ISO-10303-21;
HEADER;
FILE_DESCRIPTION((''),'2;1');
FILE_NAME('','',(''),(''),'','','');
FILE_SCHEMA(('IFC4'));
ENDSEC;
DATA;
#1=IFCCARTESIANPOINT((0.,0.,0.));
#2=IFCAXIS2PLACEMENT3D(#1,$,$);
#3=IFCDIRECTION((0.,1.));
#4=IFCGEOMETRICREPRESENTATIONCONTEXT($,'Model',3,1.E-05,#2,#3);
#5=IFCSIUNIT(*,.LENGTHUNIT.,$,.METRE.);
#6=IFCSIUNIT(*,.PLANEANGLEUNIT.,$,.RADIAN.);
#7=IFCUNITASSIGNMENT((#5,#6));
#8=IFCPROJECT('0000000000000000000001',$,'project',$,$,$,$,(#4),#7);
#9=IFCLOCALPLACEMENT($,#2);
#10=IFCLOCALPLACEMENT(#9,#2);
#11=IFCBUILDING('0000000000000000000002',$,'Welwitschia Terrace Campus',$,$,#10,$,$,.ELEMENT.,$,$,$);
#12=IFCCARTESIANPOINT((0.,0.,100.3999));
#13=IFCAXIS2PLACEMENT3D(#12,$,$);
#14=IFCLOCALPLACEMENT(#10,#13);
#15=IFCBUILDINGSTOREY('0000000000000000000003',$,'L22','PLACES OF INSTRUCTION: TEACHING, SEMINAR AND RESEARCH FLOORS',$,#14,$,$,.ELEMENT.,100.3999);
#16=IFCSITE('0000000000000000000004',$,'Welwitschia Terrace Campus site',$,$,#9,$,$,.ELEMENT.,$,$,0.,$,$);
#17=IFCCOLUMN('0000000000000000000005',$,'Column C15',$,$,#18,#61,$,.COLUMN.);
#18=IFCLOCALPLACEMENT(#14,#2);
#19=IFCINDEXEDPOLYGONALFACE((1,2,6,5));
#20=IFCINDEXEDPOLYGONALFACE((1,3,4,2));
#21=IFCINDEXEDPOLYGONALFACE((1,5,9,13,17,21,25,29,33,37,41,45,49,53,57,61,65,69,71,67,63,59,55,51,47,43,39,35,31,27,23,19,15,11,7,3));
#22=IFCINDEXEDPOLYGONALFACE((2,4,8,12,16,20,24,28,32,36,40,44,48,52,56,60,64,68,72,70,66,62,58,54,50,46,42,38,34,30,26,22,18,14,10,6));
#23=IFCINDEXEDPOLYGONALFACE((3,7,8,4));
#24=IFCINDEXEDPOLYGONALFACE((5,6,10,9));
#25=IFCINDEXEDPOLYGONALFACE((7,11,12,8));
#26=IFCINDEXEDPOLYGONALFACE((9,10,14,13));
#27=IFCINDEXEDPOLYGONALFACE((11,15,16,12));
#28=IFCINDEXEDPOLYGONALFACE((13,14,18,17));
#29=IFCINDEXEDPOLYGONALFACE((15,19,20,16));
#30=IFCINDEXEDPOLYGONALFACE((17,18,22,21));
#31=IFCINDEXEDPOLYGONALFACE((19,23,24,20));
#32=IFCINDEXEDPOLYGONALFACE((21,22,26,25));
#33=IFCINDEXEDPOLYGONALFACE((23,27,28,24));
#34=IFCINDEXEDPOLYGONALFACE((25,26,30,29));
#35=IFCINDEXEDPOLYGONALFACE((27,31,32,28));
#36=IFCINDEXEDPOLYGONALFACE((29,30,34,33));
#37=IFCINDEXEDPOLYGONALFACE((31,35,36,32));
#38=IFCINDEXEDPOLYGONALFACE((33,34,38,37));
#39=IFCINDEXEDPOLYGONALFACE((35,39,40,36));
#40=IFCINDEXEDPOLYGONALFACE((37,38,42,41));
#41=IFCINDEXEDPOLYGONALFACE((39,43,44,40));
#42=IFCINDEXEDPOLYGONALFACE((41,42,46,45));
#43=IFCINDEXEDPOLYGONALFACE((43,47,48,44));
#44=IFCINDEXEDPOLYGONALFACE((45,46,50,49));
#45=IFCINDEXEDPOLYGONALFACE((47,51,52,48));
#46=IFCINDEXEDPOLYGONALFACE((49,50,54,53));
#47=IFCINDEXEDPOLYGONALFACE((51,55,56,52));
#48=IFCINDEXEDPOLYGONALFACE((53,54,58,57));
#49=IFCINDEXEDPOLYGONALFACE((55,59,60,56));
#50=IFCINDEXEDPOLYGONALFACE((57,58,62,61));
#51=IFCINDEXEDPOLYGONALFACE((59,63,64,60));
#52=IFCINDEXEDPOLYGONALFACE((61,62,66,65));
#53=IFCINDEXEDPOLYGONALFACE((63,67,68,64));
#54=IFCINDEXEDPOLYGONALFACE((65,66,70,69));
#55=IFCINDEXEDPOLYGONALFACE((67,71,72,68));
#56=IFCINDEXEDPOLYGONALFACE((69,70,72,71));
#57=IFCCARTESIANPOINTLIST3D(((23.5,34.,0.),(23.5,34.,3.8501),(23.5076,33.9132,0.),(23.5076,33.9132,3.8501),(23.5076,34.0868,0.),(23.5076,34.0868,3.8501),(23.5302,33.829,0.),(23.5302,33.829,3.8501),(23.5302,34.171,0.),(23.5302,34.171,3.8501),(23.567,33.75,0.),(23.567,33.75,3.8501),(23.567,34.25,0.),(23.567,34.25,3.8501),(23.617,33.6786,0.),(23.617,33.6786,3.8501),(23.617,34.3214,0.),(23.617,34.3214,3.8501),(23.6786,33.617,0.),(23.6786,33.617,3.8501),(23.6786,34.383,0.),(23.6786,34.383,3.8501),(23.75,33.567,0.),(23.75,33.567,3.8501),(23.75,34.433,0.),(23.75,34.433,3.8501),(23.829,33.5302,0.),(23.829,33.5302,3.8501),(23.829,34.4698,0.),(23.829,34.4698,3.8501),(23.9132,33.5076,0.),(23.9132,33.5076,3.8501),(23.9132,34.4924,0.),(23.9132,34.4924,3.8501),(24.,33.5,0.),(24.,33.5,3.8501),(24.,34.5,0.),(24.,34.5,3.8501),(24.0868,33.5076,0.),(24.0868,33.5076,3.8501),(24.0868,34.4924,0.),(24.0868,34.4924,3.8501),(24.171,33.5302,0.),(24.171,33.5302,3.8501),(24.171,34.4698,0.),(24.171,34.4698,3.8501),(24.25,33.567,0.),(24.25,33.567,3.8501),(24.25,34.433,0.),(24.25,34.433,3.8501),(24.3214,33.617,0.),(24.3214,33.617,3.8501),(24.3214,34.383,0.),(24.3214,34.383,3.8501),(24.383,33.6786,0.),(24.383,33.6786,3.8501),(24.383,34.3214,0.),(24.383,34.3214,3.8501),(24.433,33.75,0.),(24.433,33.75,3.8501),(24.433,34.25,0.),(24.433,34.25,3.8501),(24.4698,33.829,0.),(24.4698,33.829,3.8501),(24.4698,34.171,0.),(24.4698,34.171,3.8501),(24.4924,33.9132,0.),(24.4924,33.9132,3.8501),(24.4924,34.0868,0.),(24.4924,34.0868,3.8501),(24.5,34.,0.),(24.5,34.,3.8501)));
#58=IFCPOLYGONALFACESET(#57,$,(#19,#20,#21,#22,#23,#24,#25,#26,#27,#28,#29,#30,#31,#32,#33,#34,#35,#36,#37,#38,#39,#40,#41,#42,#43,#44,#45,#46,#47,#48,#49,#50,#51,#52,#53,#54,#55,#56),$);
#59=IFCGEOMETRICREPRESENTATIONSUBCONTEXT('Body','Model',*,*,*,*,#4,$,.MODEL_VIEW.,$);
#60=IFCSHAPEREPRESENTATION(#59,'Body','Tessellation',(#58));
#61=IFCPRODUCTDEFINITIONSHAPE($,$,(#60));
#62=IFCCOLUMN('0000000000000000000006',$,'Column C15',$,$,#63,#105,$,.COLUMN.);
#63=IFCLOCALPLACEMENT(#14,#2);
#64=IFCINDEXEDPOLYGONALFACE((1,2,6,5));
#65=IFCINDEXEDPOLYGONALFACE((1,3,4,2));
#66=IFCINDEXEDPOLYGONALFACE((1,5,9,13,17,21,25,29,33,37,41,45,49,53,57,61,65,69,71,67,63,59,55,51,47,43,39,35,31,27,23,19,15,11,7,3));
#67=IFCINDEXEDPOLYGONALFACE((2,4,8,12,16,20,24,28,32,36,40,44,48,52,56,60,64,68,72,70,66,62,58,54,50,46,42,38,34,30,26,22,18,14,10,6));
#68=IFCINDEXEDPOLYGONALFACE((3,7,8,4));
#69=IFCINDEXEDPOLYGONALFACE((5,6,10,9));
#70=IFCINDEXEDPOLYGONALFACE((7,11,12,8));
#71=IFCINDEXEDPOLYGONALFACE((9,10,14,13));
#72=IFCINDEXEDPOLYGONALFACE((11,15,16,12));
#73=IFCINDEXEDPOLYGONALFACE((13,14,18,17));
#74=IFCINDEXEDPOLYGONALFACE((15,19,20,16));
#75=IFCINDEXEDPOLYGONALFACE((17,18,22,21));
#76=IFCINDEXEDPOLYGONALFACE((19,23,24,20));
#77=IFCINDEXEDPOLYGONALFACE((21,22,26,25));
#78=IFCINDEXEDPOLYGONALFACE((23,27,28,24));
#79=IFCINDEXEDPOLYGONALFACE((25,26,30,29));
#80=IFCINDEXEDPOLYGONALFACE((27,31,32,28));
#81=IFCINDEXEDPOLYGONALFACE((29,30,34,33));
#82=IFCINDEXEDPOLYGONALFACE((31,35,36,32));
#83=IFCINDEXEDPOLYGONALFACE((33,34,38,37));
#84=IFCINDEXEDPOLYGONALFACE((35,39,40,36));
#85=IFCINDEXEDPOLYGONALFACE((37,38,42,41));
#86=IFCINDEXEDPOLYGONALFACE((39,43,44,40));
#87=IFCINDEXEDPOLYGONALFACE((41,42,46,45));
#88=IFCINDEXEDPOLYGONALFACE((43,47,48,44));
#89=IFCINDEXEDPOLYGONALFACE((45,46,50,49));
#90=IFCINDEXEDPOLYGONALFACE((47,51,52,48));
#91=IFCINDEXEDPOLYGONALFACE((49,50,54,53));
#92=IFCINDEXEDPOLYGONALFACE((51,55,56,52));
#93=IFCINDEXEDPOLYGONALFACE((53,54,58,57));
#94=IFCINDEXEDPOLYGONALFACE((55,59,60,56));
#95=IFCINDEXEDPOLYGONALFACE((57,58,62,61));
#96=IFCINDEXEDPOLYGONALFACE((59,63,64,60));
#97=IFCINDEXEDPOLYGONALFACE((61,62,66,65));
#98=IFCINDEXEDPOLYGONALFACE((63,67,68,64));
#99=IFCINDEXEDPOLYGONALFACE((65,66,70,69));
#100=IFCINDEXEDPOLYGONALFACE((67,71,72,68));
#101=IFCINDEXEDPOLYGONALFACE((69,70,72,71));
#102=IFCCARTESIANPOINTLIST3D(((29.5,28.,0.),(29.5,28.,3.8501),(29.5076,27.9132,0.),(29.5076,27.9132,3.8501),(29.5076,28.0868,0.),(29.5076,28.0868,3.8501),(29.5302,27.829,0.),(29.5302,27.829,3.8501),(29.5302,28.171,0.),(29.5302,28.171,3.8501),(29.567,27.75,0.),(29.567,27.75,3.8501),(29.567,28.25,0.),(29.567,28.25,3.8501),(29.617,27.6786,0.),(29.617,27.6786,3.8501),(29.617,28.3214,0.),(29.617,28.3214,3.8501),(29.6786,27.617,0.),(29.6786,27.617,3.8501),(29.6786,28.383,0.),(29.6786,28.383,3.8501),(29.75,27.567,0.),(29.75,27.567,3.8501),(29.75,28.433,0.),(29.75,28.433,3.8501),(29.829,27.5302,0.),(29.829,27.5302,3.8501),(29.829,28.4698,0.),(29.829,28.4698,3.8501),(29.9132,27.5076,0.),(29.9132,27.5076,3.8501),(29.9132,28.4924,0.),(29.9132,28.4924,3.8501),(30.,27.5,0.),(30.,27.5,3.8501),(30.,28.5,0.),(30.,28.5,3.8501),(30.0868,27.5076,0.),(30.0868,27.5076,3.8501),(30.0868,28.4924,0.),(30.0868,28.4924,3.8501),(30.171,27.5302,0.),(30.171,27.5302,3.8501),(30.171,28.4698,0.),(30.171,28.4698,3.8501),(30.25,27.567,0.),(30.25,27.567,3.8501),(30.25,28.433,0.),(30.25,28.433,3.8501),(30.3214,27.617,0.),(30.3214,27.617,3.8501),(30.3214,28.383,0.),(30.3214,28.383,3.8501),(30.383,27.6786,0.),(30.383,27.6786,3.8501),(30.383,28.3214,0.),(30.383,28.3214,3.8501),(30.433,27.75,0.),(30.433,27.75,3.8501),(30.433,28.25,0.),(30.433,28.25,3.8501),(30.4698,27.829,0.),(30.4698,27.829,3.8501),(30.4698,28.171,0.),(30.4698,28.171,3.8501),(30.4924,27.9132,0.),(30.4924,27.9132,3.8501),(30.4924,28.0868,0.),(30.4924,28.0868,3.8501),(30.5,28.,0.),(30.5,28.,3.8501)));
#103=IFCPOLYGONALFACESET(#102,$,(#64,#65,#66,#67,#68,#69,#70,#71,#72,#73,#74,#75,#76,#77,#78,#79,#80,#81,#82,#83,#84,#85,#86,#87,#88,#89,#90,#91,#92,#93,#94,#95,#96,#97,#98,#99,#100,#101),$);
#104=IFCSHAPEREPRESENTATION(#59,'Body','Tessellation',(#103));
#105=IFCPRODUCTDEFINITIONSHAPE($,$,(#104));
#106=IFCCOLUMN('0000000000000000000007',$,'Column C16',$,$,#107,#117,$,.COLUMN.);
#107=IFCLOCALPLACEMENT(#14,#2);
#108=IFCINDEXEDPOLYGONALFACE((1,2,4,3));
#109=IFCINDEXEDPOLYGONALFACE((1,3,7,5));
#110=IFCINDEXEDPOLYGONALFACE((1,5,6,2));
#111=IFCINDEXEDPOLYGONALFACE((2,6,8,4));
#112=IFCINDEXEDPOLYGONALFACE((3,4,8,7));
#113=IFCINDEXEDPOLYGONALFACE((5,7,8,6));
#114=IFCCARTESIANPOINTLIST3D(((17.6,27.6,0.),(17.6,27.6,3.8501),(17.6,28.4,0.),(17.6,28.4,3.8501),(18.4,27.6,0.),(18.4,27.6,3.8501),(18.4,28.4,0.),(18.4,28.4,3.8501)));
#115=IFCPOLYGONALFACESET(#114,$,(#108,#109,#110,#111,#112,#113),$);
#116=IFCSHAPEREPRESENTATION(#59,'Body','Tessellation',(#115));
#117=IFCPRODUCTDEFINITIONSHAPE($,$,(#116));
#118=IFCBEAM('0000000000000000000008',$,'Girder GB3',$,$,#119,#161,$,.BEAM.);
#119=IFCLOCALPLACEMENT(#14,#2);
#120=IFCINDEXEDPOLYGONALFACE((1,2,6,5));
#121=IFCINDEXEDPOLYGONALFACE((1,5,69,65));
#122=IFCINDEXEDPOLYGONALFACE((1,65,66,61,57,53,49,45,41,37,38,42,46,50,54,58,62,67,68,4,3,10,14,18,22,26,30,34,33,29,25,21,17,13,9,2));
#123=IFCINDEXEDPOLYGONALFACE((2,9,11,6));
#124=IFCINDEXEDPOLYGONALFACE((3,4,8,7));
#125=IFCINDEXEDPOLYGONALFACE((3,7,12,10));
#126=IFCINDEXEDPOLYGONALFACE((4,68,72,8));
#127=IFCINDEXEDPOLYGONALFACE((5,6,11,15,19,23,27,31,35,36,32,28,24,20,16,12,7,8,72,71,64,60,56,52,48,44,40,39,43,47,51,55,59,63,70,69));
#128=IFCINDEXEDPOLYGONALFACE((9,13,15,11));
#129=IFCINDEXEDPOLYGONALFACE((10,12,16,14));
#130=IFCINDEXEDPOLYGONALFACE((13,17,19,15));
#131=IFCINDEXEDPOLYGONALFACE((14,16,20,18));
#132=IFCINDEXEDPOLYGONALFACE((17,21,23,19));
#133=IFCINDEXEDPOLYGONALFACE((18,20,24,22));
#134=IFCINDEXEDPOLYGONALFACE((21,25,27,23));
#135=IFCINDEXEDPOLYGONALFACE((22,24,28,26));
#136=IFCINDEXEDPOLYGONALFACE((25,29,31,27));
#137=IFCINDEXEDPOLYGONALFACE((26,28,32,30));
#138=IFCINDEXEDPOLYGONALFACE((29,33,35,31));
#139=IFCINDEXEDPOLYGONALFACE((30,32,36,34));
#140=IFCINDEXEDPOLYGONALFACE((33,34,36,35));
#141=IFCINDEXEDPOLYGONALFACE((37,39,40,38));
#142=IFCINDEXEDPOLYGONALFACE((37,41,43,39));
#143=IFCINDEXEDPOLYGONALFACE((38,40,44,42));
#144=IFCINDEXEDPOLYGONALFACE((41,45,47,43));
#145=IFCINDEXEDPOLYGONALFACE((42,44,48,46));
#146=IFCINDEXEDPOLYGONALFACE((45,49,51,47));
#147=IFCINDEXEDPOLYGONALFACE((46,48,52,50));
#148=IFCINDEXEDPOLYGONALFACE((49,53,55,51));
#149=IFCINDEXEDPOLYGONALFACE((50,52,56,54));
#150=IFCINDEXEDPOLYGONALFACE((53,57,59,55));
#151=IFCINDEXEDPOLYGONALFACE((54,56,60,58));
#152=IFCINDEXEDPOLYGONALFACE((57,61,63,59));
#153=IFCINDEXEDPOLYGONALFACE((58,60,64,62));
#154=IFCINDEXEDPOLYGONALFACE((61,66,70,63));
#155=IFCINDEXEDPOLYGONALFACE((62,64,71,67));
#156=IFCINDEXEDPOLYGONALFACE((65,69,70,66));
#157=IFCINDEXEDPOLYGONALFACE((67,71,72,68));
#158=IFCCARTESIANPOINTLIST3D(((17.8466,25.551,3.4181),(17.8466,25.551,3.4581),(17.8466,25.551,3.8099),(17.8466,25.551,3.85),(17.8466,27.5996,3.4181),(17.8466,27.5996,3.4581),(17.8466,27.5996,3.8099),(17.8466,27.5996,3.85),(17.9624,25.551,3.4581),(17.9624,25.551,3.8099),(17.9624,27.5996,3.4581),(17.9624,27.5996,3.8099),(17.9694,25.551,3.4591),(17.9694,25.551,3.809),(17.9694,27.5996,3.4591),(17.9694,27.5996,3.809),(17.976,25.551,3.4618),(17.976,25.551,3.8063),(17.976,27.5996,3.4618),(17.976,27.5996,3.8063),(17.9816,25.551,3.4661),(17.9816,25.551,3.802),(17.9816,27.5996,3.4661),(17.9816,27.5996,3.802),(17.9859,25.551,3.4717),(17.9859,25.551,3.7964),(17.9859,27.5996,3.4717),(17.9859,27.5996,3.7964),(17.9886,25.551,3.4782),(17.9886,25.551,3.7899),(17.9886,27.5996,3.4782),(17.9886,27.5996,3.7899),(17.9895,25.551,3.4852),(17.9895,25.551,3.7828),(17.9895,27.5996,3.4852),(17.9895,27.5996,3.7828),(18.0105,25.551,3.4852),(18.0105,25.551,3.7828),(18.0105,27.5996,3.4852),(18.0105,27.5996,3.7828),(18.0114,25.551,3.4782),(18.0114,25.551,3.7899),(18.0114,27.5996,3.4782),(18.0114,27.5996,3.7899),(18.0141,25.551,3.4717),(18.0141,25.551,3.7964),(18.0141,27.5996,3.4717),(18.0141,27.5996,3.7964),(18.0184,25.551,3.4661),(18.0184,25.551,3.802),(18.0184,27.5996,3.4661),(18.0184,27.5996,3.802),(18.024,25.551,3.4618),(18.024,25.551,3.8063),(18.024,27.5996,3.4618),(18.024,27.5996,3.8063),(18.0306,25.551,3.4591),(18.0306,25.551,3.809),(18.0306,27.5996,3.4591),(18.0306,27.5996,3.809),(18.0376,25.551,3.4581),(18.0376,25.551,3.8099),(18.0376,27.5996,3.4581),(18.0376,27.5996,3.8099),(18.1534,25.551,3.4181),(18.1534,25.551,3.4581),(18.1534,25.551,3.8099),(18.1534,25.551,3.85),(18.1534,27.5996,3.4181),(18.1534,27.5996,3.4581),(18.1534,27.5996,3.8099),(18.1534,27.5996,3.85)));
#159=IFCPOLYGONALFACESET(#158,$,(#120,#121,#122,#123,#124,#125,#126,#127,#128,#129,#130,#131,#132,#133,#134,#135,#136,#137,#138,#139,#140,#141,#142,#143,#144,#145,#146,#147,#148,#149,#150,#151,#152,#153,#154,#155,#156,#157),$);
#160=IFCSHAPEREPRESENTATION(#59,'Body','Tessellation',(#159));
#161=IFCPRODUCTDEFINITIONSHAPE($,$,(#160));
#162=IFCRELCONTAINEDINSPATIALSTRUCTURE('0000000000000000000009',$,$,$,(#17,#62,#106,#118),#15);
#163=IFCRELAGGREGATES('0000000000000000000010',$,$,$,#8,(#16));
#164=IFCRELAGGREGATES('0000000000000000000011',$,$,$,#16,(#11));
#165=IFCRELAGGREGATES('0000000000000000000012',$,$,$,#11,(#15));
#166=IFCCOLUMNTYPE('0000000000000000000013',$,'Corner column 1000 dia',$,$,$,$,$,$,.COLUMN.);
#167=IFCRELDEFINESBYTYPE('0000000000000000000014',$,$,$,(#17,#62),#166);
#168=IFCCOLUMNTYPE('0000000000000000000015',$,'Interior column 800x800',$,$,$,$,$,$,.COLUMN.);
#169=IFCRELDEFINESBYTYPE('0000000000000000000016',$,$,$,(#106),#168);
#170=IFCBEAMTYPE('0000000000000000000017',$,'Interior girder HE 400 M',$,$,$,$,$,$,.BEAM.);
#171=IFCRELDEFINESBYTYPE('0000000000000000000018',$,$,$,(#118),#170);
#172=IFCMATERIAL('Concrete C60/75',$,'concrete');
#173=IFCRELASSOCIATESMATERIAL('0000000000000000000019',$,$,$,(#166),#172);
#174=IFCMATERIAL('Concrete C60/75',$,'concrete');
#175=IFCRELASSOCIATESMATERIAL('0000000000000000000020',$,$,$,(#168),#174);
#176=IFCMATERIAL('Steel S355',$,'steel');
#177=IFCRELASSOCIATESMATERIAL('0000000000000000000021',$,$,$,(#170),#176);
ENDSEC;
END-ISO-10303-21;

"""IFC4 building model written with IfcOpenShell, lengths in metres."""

from ifc_helpers import new_model, si_unit, direction, frame, origin, origin_2d, place, context, subcontext, project, spatial, rectangle, circle, i_section, extrude, material, material_profile, profile_set, type_object, element, save


model = new_model("IFC4")

# Units and contexts
model_context = context("Model", 3, precision=1e-05, world=origin(), true_north=direction((0.0, 1.0)))
body_context = subcontext(model_context, "Body", "Model", "MODEL_VIEW")
ifc_project = project(units=[si_unit("LENGTHUNIT", "METRE"), si_unit("PLANEANGLEUNIT", "RADIAN")], contexts=[model_context])

# Site, building, storey
site_placement = place(None, origin())
site = spatial("IfcSite", under=ifc_project, at=site_placement, Name="Welwitschia Terrace Campus site", CompositionType="ELEMENT", RefElevation=0.0)
building_placement = place(site_placement, origin())
building = spatial("IfcBuilding", under=site, at=building_placement, Name="Welwitschia Terrace Campus", CompositionType="ELEMENT")
storey_placement = place(building_placement, frame((0.0, 0.0, 100.3999)))
storey = spatial("IfcBuildingStorey", under=building, at=storey_placement, Name="L22", Description="PLACES OF INSTRUCTION: TEACHING, SEMINAR AND RESEARCH FLOORS", CompositionType="ELEMENT", Elevation=100.3999)

# Columns
ifc_material_1 = material(Name="Concrete C60/75", Category="concrete")
ifc_material_profile_1 = material_profile(ifc_material_1, circle(Radius=0.5, at=origin_2d()))
ifc_profile_set_1 = profile_set([ifc_material_profile_1], Name="Concrete C60/75")
column_type_1 = type_object("IfcColumnType", Name="Corner column 1000 dia", PredefinedType="COLUMN", material=ifc_profile_set_1)
for number, where, z_axis, x_axis, name in (
    (1, (24.0, 34.0, 0.0), (0.0, 0.0, 1.0), (1.0, 0.0, 0.0), "Column C15"),
    (2, (30.0, 28.0, 0.0), (0.0, 0.0, 1.0), (1.0, 0.0, 0.0), "Column C15"),
):
    element("IfcColumn", number, at=place(storey_placement, frame(where, z_axis=z_axis, x_axis=x_axis)), inside=storey, type_object=column_type_1, Name=name, PredefinedType="COLUMN", context=body_context, shape_type="SweptSolid", body=[
        extrude(circle(Radius=0.5, at=origin_2d()), origin(), (0.0, 0.0, 1.0), 3.8501),
    ])
ifc_material_2 = material(Name="Concrete C60/75", Category="concrete")
ifc_material_profile_2 = material_profile(ifc_material_2, rectangle(XDim=0.8, YDim=0.8, at=origin_2d()))
ifc_profile_set_2 = profile_set([ifc_material_profile_2], Name="Concrete C60/75")
column_type_2 = type_object("IfcColumnType", Name="Interior column 800x800", PredefinedType="COLUMN", material=ifc_profile_set_2)
column_placement = place(storey_placement, frame((18.0, 28.0, 0.0), z_axis=(0.0, 0.0, 1.0), x_axis=(1.0, 0.0, 0.0)))
element("IfcColumn", 3, at=column_placement, inside=storey, type_object=column_type_2, Name="Column C16", PredefinedType="COLUMN", context=body_context, shape_type="SweptSolid", body=[
    extrude(rectangle(XDim=0.8, YDim=0.8, at=origin_2d()), origin(), (0.0, 0.0, 1.0), 3.8501),
])

# Beam
ifc_material_3 = material(Name="Steel S355", Category="steel")
ifc_material_profile_3 = material_profile(ifc_material_3, i_section(OverallWidth=0.3069, OverallDepth=0.4319, WebThickness=0.021, FlangeThickness=0.04, FilletRadius=0.0271, at=origin_2d()))
ifc_profile_set_3 = profile_set([ifc_material_profile_3], Name="Steel S355")
beam_type_1 = type_object("IfcBeamType", Name="Interior girder HE 400 M", PredefinedType="BEAM", material=ifc_profile_set_3)
beam_1_placement = place(storey_placement, frame((18.0, 25.551, 3.634), z_axis=(0.0, 1.0, 0.0), x_axis=(-1.0, 0.0, 0.0)))
element("IfcBeam", 4, at=beam_1_placement, inside=storey, type_object=beam_type_1, Name="Girder GB3", PredefinedType="BEAM", context=body_context, shape_type="SweptSolid", body=[
    extrude(i_section(OverallWidth=0.3069, OverallDepth=0.4319, WebThickness=0.021, FlangeThickness=0.04, FilletRadius=0.0271, at=origin_2d()), origin(), (0.0, 0.0, 1.0), 2.0486),
])

save(model, "model.ifc")
